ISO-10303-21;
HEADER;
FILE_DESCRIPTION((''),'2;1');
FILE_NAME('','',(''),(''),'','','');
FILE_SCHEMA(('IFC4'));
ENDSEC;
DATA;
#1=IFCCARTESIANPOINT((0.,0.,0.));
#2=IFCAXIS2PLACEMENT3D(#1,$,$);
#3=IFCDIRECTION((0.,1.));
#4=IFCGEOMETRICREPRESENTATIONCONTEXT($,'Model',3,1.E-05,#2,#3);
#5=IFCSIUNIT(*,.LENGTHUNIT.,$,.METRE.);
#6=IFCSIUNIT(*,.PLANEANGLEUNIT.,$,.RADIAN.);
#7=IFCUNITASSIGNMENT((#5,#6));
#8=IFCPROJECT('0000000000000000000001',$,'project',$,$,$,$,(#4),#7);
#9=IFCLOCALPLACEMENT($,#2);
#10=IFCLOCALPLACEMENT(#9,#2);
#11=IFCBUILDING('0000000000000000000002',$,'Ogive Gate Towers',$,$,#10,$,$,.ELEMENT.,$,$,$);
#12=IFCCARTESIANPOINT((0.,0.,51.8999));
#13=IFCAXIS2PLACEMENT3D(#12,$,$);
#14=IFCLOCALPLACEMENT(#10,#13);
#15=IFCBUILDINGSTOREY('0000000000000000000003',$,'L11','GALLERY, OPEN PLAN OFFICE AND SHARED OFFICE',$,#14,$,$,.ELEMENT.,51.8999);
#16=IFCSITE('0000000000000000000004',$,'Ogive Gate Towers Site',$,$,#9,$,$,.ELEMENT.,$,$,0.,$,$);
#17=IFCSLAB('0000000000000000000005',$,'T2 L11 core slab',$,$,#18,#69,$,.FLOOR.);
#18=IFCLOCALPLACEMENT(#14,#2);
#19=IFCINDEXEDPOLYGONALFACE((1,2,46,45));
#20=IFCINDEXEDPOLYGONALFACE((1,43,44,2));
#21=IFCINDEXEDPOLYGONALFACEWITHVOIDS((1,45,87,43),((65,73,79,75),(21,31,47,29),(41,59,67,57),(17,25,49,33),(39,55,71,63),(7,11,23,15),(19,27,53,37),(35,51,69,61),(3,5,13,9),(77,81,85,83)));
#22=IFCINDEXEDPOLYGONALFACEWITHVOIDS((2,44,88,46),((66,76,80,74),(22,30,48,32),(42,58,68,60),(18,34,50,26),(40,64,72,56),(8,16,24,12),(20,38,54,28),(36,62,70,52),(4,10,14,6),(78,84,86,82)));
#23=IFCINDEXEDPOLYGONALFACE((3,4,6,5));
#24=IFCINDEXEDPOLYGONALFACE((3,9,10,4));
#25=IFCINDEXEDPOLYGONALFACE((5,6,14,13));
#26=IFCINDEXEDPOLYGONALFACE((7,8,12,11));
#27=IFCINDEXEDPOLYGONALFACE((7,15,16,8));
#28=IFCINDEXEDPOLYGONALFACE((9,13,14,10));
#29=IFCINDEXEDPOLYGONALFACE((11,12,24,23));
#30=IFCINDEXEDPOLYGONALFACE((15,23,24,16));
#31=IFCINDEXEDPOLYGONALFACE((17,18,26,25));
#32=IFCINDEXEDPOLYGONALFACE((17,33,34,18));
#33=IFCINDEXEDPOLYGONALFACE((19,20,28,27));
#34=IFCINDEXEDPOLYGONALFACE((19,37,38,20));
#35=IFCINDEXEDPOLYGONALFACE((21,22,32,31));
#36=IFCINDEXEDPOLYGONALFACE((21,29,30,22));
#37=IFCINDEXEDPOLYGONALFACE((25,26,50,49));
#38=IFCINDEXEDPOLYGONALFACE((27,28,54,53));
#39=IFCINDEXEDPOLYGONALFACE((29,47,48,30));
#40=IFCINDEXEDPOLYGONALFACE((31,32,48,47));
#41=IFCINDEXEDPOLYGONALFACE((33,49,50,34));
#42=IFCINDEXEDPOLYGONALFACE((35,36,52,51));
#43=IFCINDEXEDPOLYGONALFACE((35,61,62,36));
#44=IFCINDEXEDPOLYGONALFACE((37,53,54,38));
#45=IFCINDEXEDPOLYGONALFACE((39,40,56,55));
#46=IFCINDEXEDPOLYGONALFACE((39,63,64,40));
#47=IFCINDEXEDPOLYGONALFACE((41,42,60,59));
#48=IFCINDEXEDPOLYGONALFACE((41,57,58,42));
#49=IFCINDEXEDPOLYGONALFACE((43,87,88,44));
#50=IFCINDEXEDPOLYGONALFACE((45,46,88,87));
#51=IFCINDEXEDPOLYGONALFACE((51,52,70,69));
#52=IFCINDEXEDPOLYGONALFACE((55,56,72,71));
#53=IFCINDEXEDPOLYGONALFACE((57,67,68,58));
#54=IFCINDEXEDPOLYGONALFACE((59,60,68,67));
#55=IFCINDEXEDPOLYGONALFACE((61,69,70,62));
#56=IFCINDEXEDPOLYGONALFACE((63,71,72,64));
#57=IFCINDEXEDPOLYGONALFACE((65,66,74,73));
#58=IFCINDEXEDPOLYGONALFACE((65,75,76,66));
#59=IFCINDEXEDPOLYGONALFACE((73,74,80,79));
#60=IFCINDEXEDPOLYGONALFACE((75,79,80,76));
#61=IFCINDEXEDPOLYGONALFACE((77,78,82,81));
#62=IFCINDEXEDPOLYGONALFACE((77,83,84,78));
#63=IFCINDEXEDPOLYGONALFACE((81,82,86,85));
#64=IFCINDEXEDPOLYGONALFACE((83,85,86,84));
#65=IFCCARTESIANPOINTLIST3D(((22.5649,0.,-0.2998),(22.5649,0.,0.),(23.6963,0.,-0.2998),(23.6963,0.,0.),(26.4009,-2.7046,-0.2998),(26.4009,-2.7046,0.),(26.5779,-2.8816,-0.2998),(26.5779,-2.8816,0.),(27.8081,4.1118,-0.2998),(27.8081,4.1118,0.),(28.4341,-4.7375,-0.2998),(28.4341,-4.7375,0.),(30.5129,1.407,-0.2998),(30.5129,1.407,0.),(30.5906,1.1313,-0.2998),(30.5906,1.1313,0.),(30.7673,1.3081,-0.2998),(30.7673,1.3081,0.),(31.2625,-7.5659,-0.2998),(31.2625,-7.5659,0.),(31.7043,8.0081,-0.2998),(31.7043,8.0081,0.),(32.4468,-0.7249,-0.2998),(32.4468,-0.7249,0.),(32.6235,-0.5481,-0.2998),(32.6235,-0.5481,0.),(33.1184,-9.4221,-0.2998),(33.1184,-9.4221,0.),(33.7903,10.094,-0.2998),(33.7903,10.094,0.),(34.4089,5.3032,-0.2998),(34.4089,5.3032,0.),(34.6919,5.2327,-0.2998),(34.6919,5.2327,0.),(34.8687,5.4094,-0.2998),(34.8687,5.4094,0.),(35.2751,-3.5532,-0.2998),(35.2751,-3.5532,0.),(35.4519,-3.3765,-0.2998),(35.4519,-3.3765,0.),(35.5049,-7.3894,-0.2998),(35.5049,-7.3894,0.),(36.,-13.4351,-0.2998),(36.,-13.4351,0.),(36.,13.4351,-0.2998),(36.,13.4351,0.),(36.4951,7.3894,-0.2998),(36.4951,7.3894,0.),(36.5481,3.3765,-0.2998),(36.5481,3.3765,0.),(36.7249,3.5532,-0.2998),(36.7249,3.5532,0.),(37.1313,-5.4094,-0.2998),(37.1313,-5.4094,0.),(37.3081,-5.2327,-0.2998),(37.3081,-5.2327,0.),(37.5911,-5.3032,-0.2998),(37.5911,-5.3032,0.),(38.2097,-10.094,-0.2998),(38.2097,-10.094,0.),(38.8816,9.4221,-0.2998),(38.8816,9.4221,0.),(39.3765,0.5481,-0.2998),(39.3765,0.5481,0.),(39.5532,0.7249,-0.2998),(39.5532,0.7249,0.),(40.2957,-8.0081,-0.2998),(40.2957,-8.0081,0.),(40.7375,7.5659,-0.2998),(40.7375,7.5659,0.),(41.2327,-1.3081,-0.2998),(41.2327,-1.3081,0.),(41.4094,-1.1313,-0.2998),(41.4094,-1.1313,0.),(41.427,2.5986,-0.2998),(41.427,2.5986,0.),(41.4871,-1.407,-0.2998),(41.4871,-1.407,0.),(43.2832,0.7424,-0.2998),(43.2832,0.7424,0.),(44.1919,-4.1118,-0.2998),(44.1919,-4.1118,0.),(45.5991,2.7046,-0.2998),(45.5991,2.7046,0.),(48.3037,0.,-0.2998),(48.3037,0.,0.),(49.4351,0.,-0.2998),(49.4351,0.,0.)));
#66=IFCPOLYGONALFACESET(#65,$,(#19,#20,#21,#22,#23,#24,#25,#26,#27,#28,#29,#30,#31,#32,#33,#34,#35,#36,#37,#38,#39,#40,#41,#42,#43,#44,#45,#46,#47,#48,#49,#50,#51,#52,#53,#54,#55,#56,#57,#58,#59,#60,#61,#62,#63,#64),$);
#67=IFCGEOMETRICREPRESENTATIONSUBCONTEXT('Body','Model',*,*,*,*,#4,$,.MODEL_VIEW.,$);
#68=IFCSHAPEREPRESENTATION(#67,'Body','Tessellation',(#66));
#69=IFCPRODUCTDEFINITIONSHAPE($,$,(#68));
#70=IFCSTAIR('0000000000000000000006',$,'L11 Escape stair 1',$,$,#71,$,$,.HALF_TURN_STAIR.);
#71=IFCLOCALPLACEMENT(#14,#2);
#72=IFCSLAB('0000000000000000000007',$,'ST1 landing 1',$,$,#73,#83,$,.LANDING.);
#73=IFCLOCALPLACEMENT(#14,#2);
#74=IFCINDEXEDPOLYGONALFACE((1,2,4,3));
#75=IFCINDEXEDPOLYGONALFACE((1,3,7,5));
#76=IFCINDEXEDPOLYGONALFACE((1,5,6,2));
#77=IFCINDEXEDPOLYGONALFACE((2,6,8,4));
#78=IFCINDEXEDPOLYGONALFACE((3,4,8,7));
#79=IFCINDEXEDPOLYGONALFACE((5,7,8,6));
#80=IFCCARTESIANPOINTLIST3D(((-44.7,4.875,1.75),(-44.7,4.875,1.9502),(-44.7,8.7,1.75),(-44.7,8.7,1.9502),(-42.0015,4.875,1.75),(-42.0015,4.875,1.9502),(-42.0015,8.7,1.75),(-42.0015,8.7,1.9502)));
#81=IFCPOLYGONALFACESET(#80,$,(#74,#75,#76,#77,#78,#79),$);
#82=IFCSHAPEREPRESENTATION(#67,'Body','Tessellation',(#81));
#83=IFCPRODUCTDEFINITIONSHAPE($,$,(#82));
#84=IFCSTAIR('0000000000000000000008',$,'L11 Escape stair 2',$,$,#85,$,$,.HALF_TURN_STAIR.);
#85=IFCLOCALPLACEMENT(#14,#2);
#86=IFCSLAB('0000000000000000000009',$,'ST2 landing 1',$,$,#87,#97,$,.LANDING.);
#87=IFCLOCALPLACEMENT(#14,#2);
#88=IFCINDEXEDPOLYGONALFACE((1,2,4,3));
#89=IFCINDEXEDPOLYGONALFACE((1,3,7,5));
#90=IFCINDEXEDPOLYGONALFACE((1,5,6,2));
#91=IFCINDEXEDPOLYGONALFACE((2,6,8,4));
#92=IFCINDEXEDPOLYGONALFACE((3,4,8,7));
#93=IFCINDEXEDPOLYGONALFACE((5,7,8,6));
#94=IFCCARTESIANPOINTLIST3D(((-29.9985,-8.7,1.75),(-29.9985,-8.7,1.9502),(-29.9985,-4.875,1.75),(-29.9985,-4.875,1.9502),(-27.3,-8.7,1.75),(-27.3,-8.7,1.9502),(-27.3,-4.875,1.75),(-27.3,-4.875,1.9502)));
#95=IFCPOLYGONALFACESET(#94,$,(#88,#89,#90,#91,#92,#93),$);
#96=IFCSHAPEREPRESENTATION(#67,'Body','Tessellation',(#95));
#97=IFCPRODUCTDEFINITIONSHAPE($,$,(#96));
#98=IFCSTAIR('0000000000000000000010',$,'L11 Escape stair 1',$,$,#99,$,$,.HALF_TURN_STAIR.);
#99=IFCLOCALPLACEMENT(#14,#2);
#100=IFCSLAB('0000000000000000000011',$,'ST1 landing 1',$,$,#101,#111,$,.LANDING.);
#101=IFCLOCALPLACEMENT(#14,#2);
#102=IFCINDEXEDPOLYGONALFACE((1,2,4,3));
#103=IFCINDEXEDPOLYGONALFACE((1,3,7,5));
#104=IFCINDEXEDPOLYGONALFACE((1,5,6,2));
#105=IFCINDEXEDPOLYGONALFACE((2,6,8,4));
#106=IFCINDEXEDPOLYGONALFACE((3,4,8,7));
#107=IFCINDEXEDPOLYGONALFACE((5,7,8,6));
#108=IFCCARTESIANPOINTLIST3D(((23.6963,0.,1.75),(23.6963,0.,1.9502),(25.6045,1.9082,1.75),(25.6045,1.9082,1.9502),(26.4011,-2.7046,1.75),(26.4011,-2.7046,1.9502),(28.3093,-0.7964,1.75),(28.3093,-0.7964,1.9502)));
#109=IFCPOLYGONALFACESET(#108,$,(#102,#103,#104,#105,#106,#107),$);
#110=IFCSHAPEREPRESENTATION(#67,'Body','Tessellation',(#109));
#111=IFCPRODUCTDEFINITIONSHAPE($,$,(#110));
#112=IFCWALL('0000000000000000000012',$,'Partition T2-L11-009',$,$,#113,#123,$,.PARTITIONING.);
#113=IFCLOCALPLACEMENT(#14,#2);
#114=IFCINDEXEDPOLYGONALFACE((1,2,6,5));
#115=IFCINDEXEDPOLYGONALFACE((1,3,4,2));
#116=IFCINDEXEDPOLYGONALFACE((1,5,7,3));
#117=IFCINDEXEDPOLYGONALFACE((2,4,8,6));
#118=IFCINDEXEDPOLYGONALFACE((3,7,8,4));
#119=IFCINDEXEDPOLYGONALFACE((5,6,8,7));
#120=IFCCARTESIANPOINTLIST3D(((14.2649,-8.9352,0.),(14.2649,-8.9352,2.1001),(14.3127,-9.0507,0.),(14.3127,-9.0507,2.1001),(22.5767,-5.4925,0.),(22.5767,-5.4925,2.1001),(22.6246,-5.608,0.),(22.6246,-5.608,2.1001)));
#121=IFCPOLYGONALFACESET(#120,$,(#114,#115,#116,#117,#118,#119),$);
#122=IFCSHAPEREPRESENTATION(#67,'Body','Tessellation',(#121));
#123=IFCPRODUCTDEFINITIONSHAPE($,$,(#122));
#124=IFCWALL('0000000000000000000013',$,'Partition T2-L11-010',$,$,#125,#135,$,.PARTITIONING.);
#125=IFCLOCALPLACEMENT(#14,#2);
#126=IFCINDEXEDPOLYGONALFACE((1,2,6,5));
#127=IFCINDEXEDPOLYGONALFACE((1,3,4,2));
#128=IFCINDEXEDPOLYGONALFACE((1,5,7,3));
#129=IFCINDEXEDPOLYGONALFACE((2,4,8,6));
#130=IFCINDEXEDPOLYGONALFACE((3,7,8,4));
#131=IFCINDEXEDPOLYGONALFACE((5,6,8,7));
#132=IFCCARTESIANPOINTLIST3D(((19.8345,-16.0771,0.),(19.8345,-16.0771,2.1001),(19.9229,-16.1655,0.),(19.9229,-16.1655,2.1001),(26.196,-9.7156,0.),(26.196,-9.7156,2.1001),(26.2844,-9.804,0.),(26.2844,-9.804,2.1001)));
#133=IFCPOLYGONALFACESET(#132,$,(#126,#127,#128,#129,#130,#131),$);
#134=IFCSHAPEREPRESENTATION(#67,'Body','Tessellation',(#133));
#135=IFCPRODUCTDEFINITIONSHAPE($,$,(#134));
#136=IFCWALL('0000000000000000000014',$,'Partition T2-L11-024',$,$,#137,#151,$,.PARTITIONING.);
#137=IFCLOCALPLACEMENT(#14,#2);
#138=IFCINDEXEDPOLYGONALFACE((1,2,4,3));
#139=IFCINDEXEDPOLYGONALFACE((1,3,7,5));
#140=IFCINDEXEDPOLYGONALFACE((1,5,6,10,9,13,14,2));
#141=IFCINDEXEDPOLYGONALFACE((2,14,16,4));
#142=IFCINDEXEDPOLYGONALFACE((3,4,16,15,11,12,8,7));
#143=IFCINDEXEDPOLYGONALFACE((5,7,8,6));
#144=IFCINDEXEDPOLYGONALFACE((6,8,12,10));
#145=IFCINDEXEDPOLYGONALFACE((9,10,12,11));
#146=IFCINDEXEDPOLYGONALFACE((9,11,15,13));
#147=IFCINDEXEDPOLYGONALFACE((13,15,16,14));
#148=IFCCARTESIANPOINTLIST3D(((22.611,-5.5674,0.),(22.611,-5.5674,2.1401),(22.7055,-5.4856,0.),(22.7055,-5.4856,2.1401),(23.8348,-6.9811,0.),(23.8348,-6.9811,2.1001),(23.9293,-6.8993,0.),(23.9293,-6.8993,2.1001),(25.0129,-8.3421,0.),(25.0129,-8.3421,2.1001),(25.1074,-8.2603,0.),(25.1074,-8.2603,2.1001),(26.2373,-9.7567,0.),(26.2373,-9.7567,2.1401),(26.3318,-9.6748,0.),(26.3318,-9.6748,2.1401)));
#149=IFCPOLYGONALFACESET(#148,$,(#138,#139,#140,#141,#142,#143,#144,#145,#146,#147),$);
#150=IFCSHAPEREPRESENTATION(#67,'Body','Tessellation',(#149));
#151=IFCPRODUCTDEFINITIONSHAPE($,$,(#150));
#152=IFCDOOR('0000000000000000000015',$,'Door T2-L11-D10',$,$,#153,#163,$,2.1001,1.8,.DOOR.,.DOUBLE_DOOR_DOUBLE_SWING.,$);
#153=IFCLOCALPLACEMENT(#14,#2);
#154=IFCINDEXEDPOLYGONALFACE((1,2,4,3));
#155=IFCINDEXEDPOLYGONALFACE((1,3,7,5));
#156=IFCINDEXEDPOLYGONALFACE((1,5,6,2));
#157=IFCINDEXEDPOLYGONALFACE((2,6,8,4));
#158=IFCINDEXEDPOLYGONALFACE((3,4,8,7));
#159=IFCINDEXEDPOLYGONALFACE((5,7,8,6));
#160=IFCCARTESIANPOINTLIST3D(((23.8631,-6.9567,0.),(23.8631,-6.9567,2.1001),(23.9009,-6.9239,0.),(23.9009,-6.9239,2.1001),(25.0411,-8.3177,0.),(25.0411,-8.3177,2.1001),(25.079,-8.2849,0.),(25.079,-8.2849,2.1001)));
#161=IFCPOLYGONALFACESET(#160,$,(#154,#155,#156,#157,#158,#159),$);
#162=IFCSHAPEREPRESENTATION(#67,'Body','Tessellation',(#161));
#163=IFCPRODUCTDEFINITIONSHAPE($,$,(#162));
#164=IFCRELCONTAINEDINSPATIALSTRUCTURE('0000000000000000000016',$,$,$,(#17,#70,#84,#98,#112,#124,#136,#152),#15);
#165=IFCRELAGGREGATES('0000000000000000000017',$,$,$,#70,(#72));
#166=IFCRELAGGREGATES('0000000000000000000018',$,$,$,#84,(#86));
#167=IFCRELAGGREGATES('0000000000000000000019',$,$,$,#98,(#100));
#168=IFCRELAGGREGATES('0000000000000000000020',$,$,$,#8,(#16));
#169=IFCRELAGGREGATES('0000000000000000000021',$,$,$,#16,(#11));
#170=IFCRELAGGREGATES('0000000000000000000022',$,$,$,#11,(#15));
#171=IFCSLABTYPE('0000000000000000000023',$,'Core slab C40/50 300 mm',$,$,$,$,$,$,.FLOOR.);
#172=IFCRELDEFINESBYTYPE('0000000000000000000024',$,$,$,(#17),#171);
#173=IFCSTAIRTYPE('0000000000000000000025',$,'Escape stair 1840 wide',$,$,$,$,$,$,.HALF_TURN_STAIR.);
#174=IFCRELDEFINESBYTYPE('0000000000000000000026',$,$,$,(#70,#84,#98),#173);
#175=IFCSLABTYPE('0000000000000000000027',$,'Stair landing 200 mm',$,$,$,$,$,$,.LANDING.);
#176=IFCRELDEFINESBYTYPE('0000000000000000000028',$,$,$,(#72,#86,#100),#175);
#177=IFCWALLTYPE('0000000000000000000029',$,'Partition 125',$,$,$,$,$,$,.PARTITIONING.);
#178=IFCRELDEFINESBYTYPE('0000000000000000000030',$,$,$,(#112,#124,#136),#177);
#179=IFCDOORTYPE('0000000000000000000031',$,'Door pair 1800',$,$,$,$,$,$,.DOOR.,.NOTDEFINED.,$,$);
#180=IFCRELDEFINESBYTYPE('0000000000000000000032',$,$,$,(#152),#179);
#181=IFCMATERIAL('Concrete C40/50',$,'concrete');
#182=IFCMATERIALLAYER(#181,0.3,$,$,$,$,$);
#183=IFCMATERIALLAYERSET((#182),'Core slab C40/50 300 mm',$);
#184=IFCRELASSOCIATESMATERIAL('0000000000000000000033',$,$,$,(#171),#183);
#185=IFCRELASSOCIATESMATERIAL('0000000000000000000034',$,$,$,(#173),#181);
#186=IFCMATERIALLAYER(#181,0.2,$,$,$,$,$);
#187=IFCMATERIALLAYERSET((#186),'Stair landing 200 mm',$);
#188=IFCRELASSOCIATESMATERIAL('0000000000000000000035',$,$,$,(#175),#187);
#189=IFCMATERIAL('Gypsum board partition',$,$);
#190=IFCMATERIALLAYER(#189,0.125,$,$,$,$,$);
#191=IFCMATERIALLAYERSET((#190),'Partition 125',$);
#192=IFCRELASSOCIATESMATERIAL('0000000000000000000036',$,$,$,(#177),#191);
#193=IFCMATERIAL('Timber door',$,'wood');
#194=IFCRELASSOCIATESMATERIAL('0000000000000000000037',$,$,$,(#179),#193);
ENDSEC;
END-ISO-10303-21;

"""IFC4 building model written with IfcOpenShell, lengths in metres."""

from ifc_helpers import new_model, si_unit, direction, frame, frame_2d, origin, place, context, subcontext, project, spatial, polyline, rectangle, outline, extrude, material, layer, layer_set, type_object, element, fill, aggregate, save


model = new_model("IFC4")

# Units and contexts
model_context = context("Model", 3, precision=1e-05, world=origin(), true_north=direction((0.0, 1.0)))
body_context = subcontext(model_context, "Body", "Model", "MODEL_VIEW")
ifc_project = project(units=[si_unit("LENGTHUNIT", "METRE"), si_unit("PLANEANGLEUNIT", "RADIAN")], contexts=[model_context])

# Site, building, storey
site_placement = place(None, origin())
site = spatial("IfcSite", under=ifc_project, at=site_placement, Name="Ogive Gate Towers Site", CompositionType="ELEMENT", RefElevation=0.0)
building_placement = place(site_placement, origin())
building = spatial("IfcBuilding", under=site, at=building_placement, Name="Ogive Gate Towers", CompositionType="ELEMENT")
storey_placement = place(building_placement, frame((0.0, 0.0, 51.8999)))
storey = spatial("IfcBuildingStorey", under=building, at=storey_placement, Name="L11", Description="GALLERY, OPEN PLAN OFFICE AND SHARED OFFICE", CompositionType="ELEMENT", Elevation=51.8999)

# Slab
ifc_material_1 = material(Name="Concrete C40/50", Category="concrete")
ifc_layer_1 = layer(ifc_material_1, 0.3)
ifc_layer_set_1 = layer_set([ifc_layer_1], Name="Core slab C40/50 300 mm")
slab_type_1 = type_object("IfcSlabType", Name="Core slab C40/50 300 mm", PredefinedType="FLOOR", material=ifc_layer_set_1)
slab_1_placement = place(storey_placement, frame((0.0, 0.0, -0.2998)))
element("IfcSlab", 1, at=slab_1_placement, inside=storey, type_object=slab_type_1, Name="T2 L11 core slab", PredefinedType="FLOOR", context=body_context, shape_type="SweptSolid", body=[
    extrude(outline(polyline([(36.0, 13.4351), (49.4351, 0.0), (36.0, -13.4351), (22.5649, 0.0), (36.0, 13.4351)]), holes=[polyline([(30.5906, 1.1313), (26.5779, -2.8816), (28.4341, -4.7375), (32.4468, -0.7249), (30.5906, 1.1313)]), polyline([(36.5481, 3.3765), (34.6919, 5.2327), (30.7673, 1.3081), (32.6235, -0.5481), (36.5481, 3.3765)]), polyline([(36.7249, 3.5532), (40.7375, 7.5659), (38.8816, 9.4221), (34.8687, 5.4094), (36.7249, 3.5532)]), polyline([(31.2625, -7.5659), (33.1184, -9.4221), (37.1313, -5.4094), (35.2751, -3.5532), (31.2625, -7.5659)]), polyline([(39.3765, 0.5481), (35.4519, -3.3765), (37.3081, -5.2327), (41.2327, -1.3081), (39.3765, 0.5481)]), polyline([(43.2832, 0.7424), (41.427, 2.5986), (39.5532, 0.7249), (41.4094, -1.1313), (43.2832, 0.7424)]), polyline([(34.4089, 5.3032), (36.4951, 7.3894), (33.7903, 10.094), (31.7043, 8.0081), (34.4089, 5.3032)]), polyline([(35.5049, -7.3894), (38.2097, -10.094), (40.2957, -8.0081), (37.5911, -5.3032), (35.5049, -7.3894)]), polyline([(26.4009, -2.7046), (30.5129, 1.407), (27.8081, 4.1118), (23.6963, 0.0), (26.4009, -2.7046)]), polyline([(48.3037, 0.0), (45.5991, 2.7046), (41.4871, -1.407), (44.1919, -4.1118), (48.3037, 0.0)])]), origin(), (0.0, 0.0, 1.0), 0.2998),
])

# Stairs, slabs
stair_type = type_object("IfcStairType", Name="Escape stair 1840 wide", PredefinedType="HALF_TURN_STAIR", material=ifc_material_1)
stair_1_placement = place(storey_placement, origin())
stair_1 = element("IfcStair", 2, at=stair_1_placement, inside=storey, type_object=stair_type, Name="L11 Escape stair 1", PredefinedType="HALF_TURN_STAIR")
ifc_layer_2 = layer(ifc_material_1, 0.2)
ifc_layer_set_2 = layer_set([ifc_layer_2], Name="Stair landing 200 mm")
slab_type_2 = type_object("IfcSlabType", Name="Stair landing 200 mm", PredefinedType="LANDING", material=ifc_layer_set_2)
slab_2_placement = place(storey_placement, frame((0.0, 0.0, 1.75)))
slab_2 = element("IfcSlab", 3, at=slab_2_placement, type_object=slab_type_2, Name="ST1 landing 1", PredefinedType="LANDING", context=body_context, shape_type="SweptSolid", body=[
    extrude(outline(polyline([(-42.0015, 8.7), (-44.7, 8.7), (-44.7, 4.875), (-42.0015, 4.875), (-42.0015, 8.7)])), origin(), (0.0, 0.0, 1.0), 0.2002),
])
aggregate(stair_1, [slab_2])
stair_2_placement = place(storey_placement, origin())
stair_2 = element("IfcStair", 4, at=stair_2_placement, inside=storey, type_object=stair_type, Name="L11 Escape stair 2", PredefinedType="HALF_TURN_STAIR")
slab_3_placement = place(storey_placement, frame((0.0, 0.0, 1.75)))
slab_3 = element("IfcSlab", 5, at=slab_3_placement, type_object=slab_type_2, Name="ST2 landing 1", PredefinedType="LANDING", context=body_context, shape_type="SweptSolid", body=[
    extrude(outline(polyline([(-29.9985, -8.7), (-27.3, -8.7), (-27.3, -4.875), (-29.9985, -4.875), (-29.9985, -8.7)])), origin(), (0.0, 0.0, 1.0), 0.2002),
])
aggregate(stair_2, [slab_3])
stair_3_placement = place(storey_placement, origin())
stair_3 = element("IfcStair", 6, at=stair_3_placement, inside=storey, type_object=stair_type, Name="L11 Escape stair 1", PredefinedType="HALF_TURN_STAIR")
slab_4_placement = place(storey_placement, frame((0.0, 0.0, 1.75)))
slab_4 = element("IfcSlab", 7, at=slab_4_placement, type_object=slab_type_2, Name="ST1 landing 1", PredefinedType="LANDING", context=body_context, shape_type="SweptSolid", body=[
    extrude(outline(polyline([(25.6045, 1.9082), (23.6963, 0.0), (26.4011, -2.7046), (28.3093, -0.7964), (25.6045, 1.9082)])), origin(), (0.0, 0.0, 1.0), 0.2002),
])
aggregate(stair_3, [slab_4])

# Walls
ifc_material_2 = material(Name="Gypsum board partition")
ifc_layer_3 = layer(ifc_material_2, 0.125)
ifc_layer_set_3 = layer_set([ifc_layer_3], Name="Partition 125")
wall_type = type_object("IfcWallType", Name="Partition 125", PredefinedType="PARTITIONING", material=ifc_layer_set_3)
for number, where, z_axis, x_axis, name in (
    (8, (14.2888, -8.9929, 0.0), (0.0, 0.0, 1.0), (0.923888, 0.382663, 0.0), "Partition T2-L11-009"),
    (9, (19.8787, -16.1213, 0.0), (0.0, 0.0, 1.0), (0.707107, 0.707107, 0.0), "Partition T2-L11-010"),
):
    element("IfcWall", number, at=place(storey_placement, frame(where, z_axis=z_axis, x_axis=x_axis)), inside=storey, type_object=wall_type, Name=name, PredefinedType="PARTITIONING", context=body_context, shape_type="SweptSolid", body=[
        extrude(rectangle(XDim=8.9966, YDim=0.125, at=frame_2d((4.4983, 0.0))), origin(), (0.0, 0.0, 1.0), 2.1001),
    ])

# Wall, opening, door
wall_placement = place(storey_placement, frame((22.6582, -5.5264, 0.0), z_axis=(0.0, 0.0, 1.0), x_axis=(0.654474, -0.756084, 0.0)))
wall = element("IfcWall", 10, at=wall_placement, inside=storey, type_object=wall_type, Name="Partition T2-L11-024", PredefinedType="PARTITIONING", context=body_context, shape_type="SweptSolid", body=[
    extrude(rectangle(XDim=5.5408, YDim=0.125, at=frame_2d((2.7705, 0.0))), origin(), (0.0, 0.0, 1.0), 2.1401),
])
opening_placement = place(wall_placement, frame((1.8701, 0.0, 0.0)))
opening = element("IfcOpeningElement", 11, at=opening_placement, cuts=wall, PredefinedType="OPENING", context=body_context, shape_type="SweptSolid", body=[
    extrude(rectangle(XDim=1.8, YDim=2.1001, at=frame_2d((0.8999, 1.05))), frame((0.0, 0.0725, 0.0), z_axis=(0.0, -1.0, 0.0), x_axis=(1.0, 0.0, 0.0)), (0.0, 0.0, 1.0), 0.145),
])
ifc_material_3 = material(Name="Timber door", Category="wood")
door_type = type_object("IfcDoorType", Name="Door pair 1800", OperationType="NOTDEFINED", PredefinedType="DOOR", material=ifc_material_3)
door_placement = place(opening_placement, origin())
door = element("IfcDoor", 12, at=door_placement, inside=storey, type_object=door_type, Name="Door T2-L11-D10", OperationType="DOUBLE_DOOR_DOUBLE_SWING", OverallHeight=2.1001, OverallWidth=1.8, PredefinedType="DOOR", context=body_context, shape_type="SweptSolid", body=[
    extrude(rectangle(XDim=1.8, YDim=2.1001, at=frame_2d((0.8999, 1.05))), frame((0.0, 0.0249, 0.0), z_axis=(0.0, -1.0, 0.0), x_axis=(1.0, 0.0, 0.0)), (0.0, 0.0, 1.0), 0.05),
])
fill(opening, door)

save(model, "model.ifc")
